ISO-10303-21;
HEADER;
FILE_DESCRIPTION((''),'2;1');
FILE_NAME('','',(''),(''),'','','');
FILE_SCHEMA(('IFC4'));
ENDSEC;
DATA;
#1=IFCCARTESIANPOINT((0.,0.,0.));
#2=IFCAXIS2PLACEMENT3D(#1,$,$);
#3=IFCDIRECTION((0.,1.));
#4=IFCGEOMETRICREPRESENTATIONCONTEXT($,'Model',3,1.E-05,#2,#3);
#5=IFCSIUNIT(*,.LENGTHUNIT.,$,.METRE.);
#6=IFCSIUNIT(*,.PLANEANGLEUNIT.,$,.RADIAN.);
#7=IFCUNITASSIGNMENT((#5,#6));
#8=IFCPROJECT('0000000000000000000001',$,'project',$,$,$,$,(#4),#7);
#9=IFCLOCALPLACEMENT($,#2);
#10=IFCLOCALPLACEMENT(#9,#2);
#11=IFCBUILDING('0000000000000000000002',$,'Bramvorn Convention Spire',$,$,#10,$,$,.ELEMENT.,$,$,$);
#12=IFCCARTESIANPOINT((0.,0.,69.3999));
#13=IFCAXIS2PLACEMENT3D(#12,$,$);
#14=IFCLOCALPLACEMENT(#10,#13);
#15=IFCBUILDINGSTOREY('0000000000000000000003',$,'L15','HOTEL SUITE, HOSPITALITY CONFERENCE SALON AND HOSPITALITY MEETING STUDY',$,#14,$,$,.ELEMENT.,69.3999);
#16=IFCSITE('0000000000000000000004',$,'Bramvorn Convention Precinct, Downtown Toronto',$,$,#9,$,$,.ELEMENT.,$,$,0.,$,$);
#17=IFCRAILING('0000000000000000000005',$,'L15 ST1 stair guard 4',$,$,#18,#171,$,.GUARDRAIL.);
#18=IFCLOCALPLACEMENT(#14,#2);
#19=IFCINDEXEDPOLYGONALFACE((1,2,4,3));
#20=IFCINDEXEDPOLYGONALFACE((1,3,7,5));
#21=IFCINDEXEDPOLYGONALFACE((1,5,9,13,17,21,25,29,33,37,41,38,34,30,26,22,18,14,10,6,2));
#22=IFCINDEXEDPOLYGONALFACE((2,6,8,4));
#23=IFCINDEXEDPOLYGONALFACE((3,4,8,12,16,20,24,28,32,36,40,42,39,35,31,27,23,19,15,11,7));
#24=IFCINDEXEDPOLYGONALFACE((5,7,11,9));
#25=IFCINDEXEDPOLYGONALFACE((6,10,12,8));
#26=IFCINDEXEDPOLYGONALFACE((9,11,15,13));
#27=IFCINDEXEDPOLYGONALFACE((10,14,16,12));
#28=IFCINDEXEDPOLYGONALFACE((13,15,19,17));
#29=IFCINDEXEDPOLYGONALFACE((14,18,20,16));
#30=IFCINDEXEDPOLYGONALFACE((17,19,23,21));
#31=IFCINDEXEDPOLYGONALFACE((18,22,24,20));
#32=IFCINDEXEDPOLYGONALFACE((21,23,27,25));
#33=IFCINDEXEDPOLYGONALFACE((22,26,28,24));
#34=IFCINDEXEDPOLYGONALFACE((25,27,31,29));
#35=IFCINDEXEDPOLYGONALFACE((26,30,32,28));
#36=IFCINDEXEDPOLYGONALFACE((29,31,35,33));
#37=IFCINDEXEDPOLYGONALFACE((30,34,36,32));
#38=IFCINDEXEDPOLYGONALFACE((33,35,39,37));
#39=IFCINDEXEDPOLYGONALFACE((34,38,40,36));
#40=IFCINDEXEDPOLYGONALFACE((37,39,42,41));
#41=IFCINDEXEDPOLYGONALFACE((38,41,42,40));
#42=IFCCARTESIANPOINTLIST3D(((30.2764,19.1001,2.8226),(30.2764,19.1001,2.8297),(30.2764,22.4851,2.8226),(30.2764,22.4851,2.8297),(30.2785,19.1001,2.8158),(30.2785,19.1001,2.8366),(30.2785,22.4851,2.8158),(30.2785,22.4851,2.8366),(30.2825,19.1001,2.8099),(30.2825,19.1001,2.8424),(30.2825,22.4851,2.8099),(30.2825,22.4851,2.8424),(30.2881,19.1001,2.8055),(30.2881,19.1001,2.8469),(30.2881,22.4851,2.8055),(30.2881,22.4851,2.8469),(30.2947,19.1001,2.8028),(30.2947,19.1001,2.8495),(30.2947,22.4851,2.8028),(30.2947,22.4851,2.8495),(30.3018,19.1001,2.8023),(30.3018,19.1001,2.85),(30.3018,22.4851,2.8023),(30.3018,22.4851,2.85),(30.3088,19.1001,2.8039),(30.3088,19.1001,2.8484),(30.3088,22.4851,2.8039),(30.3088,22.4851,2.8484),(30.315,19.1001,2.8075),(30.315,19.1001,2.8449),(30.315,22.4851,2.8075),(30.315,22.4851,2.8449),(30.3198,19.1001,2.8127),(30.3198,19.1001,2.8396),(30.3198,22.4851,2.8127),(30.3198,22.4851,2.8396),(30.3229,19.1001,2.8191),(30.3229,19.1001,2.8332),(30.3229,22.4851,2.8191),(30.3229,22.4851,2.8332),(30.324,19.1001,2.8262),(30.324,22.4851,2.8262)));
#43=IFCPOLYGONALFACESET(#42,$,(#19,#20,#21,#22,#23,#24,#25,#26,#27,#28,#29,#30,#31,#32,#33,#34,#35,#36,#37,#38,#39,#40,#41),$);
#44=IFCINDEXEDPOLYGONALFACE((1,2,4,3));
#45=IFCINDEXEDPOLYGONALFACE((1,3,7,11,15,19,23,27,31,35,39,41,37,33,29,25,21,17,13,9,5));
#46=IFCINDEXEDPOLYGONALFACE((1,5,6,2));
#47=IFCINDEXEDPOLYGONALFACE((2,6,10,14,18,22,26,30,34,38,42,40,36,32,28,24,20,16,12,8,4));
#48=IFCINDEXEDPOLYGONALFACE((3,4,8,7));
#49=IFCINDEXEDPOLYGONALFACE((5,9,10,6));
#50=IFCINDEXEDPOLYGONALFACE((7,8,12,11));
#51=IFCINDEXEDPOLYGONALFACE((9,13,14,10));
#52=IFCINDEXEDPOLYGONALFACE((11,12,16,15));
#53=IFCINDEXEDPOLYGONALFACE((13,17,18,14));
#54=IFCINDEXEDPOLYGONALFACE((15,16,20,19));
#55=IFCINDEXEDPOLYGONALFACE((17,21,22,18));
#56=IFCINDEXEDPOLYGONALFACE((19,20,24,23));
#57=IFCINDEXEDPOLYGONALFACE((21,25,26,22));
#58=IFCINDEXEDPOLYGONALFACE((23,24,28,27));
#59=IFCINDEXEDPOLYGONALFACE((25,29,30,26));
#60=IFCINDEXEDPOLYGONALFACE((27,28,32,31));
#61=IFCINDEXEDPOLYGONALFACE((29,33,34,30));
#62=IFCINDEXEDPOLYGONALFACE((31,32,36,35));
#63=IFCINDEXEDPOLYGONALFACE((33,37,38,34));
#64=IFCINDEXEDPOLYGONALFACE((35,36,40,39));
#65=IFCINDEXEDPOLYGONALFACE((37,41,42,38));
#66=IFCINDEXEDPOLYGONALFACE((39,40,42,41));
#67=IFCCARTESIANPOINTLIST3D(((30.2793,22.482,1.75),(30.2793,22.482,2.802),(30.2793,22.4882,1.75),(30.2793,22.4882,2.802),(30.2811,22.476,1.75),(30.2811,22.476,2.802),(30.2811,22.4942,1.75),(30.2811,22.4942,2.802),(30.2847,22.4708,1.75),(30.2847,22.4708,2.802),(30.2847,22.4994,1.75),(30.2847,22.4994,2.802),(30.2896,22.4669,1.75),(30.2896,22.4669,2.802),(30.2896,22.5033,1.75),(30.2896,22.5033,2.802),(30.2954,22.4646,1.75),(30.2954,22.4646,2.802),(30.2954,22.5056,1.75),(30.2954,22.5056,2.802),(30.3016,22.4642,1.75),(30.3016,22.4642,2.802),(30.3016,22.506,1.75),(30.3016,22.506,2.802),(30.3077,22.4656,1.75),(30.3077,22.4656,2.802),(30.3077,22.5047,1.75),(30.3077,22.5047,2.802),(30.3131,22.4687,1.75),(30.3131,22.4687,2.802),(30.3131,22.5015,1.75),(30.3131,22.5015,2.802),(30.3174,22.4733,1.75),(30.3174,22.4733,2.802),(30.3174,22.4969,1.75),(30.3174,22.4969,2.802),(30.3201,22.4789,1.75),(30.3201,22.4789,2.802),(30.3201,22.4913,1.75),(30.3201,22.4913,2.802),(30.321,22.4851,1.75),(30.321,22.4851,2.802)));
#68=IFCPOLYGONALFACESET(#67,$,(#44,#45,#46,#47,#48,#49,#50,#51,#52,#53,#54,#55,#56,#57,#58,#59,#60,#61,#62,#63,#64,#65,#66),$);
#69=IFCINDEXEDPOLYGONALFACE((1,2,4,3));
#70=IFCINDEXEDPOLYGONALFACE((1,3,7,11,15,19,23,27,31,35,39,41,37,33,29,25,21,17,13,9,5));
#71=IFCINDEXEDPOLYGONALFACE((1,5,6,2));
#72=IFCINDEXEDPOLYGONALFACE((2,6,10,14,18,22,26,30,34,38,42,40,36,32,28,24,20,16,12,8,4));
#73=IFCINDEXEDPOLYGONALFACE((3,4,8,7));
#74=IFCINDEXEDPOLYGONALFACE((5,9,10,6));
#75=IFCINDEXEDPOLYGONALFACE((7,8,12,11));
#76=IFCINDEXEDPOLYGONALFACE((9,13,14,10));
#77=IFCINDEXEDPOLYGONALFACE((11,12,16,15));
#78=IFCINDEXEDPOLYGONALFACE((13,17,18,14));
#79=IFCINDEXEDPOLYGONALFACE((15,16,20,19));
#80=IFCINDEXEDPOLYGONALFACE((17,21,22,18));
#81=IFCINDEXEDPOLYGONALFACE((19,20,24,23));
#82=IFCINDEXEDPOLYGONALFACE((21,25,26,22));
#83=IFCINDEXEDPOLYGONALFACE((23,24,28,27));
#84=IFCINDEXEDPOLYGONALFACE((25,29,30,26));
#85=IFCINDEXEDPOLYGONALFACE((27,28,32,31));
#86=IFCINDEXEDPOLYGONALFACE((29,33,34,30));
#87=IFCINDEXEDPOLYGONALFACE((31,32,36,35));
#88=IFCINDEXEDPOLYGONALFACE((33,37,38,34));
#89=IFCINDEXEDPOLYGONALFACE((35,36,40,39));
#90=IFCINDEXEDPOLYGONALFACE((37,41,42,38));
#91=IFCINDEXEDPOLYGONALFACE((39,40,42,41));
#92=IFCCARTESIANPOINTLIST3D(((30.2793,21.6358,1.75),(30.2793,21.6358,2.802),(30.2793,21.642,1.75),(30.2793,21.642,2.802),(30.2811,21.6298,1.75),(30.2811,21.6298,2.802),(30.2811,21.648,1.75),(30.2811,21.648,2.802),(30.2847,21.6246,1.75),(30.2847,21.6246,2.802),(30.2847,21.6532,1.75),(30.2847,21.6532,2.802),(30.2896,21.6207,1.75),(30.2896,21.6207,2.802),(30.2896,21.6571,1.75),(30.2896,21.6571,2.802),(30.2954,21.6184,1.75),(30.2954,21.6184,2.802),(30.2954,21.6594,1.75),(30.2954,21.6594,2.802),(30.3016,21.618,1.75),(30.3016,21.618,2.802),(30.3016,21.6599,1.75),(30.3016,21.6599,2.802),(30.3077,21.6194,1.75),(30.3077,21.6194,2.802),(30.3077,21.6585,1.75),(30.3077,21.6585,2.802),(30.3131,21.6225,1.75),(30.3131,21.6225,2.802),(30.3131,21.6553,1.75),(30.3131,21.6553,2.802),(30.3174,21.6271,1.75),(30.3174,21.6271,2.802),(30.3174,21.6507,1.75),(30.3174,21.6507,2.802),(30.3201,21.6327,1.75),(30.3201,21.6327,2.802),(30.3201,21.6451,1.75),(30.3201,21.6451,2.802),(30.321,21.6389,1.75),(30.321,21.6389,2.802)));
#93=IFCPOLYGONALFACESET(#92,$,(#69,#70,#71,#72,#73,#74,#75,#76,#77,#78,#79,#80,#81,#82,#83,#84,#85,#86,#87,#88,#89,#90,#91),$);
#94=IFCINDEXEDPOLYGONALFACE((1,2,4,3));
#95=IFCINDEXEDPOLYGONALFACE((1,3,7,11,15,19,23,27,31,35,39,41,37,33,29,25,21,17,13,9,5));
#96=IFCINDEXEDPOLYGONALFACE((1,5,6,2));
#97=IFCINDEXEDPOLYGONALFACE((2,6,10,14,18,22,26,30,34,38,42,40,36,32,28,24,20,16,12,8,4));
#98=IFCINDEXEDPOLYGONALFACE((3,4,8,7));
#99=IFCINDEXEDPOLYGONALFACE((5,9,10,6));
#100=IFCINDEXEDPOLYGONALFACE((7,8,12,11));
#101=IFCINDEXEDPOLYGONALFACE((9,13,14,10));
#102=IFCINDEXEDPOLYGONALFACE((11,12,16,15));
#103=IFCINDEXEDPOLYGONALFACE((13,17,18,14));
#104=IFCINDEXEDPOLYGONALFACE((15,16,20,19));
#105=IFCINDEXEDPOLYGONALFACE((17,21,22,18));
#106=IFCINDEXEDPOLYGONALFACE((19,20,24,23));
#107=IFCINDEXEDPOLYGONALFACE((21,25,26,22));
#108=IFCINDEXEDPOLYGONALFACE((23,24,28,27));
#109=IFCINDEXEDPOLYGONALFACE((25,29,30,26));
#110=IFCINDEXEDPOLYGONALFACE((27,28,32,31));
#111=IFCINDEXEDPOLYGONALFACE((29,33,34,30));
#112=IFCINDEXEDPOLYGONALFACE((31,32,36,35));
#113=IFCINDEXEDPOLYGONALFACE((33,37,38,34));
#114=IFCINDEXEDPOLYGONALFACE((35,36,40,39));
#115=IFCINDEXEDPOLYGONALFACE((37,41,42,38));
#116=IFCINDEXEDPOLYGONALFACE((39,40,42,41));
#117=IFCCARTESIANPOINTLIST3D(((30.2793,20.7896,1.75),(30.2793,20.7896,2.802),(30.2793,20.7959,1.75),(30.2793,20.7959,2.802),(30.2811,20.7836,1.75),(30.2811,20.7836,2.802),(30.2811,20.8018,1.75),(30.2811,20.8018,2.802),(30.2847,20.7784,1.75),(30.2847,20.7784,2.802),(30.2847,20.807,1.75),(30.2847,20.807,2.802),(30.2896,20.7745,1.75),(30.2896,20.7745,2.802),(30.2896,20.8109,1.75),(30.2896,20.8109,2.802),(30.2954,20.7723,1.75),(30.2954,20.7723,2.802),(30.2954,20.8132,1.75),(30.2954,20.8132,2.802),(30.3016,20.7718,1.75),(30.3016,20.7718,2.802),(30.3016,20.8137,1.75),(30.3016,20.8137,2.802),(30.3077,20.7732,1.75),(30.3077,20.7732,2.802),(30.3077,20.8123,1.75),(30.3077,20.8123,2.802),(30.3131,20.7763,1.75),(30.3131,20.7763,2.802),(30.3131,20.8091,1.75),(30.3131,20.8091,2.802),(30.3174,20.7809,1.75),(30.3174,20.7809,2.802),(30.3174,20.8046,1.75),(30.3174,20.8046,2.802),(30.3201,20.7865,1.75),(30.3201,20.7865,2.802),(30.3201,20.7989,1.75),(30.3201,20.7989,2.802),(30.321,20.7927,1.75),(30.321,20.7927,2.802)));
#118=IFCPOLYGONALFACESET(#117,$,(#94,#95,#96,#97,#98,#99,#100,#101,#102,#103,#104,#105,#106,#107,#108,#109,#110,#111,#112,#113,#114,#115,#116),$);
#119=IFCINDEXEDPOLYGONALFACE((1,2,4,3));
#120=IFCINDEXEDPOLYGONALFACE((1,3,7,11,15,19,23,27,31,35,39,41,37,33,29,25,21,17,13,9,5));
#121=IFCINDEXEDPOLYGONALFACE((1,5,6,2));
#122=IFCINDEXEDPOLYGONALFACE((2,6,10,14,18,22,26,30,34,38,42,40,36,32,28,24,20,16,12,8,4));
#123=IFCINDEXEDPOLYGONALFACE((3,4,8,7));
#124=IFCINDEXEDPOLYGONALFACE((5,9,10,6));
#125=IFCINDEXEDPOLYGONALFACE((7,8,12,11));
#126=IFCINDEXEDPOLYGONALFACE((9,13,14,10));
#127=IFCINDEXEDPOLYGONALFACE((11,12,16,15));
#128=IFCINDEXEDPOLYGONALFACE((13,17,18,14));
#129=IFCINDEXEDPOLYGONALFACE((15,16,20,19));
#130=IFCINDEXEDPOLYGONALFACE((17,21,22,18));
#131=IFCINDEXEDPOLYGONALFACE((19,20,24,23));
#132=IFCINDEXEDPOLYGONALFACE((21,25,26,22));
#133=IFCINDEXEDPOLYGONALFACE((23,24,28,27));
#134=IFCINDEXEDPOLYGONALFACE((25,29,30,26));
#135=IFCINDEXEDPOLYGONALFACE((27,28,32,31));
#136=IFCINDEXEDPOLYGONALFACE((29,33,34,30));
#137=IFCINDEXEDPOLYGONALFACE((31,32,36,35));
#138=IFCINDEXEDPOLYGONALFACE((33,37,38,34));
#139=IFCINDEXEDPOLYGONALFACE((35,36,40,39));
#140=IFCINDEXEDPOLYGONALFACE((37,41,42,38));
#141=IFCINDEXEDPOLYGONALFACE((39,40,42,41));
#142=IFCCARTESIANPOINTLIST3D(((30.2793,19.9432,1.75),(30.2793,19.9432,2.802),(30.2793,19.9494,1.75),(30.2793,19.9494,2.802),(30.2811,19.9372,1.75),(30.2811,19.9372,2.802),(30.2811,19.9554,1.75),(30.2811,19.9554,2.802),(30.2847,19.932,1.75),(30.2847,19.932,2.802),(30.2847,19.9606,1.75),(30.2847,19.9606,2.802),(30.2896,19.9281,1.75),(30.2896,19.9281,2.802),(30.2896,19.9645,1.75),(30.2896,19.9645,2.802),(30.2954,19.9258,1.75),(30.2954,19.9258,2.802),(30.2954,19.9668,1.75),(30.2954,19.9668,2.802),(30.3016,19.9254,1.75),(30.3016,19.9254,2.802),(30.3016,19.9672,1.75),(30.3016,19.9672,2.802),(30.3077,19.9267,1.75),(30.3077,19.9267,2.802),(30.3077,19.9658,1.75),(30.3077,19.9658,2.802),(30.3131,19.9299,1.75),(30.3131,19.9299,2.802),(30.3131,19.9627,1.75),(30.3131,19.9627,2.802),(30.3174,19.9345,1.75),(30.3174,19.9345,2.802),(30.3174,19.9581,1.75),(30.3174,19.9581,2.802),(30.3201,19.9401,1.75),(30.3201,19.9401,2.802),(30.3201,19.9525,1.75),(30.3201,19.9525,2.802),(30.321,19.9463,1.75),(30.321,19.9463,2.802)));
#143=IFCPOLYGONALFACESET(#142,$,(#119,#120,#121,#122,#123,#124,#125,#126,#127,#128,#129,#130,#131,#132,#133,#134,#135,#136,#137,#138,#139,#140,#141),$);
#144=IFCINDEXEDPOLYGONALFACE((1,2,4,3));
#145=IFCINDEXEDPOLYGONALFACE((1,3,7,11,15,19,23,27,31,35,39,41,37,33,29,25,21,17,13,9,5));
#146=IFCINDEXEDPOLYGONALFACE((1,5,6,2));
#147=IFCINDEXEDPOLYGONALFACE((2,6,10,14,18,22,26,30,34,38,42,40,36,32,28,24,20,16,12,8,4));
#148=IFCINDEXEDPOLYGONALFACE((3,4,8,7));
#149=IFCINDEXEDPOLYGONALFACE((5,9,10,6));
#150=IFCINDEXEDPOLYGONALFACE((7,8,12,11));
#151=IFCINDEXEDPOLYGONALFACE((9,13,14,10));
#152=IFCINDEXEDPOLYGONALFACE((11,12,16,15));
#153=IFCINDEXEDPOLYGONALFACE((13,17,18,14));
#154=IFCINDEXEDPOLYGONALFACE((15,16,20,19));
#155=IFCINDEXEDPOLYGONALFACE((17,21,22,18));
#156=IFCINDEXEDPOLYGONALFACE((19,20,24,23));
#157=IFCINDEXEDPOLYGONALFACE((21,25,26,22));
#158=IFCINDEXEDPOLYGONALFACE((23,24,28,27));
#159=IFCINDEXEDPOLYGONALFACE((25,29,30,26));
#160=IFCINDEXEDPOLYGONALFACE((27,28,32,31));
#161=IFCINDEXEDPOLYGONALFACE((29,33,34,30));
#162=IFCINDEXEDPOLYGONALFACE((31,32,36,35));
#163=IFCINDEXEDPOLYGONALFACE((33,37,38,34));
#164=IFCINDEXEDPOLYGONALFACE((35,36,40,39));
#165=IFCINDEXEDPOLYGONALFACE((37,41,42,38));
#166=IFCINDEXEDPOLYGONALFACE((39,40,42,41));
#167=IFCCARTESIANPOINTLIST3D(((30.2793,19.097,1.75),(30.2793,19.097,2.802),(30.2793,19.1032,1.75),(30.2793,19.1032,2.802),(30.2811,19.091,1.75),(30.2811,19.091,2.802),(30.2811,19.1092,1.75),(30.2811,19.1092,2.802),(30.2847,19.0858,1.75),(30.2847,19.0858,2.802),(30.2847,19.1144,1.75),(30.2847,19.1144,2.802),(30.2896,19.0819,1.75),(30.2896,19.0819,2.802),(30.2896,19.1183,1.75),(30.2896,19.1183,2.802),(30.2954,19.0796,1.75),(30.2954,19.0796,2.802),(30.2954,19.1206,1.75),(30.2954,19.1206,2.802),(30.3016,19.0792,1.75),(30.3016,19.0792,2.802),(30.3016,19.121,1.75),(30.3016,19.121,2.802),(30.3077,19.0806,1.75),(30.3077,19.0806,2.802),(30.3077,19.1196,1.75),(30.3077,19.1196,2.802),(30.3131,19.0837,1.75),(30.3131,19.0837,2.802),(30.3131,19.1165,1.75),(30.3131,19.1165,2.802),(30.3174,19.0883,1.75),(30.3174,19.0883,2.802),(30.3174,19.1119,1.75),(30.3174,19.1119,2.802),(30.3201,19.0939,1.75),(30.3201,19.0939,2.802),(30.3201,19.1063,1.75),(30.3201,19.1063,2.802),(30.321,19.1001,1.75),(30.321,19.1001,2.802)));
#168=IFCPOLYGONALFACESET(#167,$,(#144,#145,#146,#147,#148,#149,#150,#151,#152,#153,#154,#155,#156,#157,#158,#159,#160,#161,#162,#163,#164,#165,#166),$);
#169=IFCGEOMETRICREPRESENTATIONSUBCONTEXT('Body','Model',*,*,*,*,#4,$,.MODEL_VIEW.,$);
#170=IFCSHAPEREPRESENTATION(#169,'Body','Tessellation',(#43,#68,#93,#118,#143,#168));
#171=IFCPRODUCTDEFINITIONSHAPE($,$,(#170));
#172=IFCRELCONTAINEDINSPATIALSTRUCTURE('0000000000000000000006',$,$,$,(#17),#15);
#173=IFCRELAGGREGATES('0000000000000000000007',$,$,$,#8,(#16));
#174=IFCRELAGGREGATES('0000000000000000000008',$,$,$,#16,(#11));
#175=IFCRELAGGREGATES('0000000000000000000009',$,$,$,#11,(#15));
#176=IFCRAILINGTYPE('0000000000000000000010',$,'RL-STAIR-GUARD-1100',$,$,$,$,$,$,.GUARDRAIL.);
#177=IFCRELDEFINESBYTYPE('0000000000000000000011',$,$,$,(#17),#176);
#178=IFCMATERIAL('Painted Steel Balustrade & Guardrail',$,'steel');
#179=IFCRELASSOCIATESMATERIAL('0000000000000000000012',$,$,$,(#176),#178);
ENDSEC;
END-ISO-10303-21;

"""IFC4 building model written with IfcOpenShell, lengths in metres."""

from ifc_helpers import new_model, si_unit, direction, frame, origin, origin_2d, place, context, subcontext, project, spatial, circle, extrude, material, type_object, element, save


model = new_model("IFC4")

# Units and contexts
model_context = context("Model", 3, precision=1e-05, world=origin(), true_north=direction((0.0, 1.0)))
body_context = subcontext(model_context, "Body", "Model", "MODEL_VIEW")
ifc_project = project(units=[si_unit("LENGTHUNIT", "METRE"), si_unit("PLANEANGLEUNIT", "RADIAN")], contexts=[model_context])

# Site, building, storey
site_placement = place(None, origin())
site = spatial("IfcSite", under=ifc_project, at=site_placement, Name="Bramvorn Convention Precinct, Downtown Toronto", CompositionType="ELEMENT", RefElevation=0.0)
building_placement = place(site_placement, origin())
building = spatial("IfcBuilding", under=site, at=building_placement, Name="Bramvorn Convention Spire", CompositionType="ELEMENT")
storey_placement = place(building_placement, frame((0.0, 0.0, 69.3999)))
storey = spatial("IfcBuildingStorey", under=building, at=storey_placement, Name="L15", Description="HOTEL SUITE, HOSPITALITY CONFERENCE SALON AND HOSPITALITY MEETING STUDY", CompositionType="ELEMENT", Elevation=69.3999)

# Railing
ifc_material_1 = material(Name="Painted Steel Balustrade & Guardrail", Category="steel")
railing_type_1 = type_object("IfcRailingType", Name="RL-STAIR-GUARD-1100", PredefinedType="GUARDRAIL", material=ifc_material_1)
for number, where, name in (
    (1, (30.3, 22.4851, 1.75), "L15 ST1 stair guard 4"),
):
    element("IfcRailing", number, at=place(storey_placement, frame(where)), inside=storey, type_object=railing_type_1, Name=name, PredefinedType="GUARDRAIL", context=body_context, shape_type="SweptSolid", body=[
        extrude(circle(Radius=0.0239, at=origin_2d()), frame((0.0, 0.0, 1.0762), z_axis=(0.0, -1.0, 0.0), x_axis=(1.0, 0.0, 0.0)), (0.0, 0.0, 1.0), 3.385),
        extrude(circle(Radius=0.021, at=origin_2d()), origin(), (0.0, 0.0, 1.0), 1.052),
        extrude(circle(Radius=0.021, at=origin_2d()), frame((0.0, -0.8462, 0.0)), (0.0, 0.0, 1.0), 1.052),
        extrude(circle(Radius=0.021, at=origin_2d()), frame((0.0, -1.6924, 0.0)), (0.0, 0.0, 1.0), 1.052),
        extrude(circle(Radius=0.021, at=origin_2d()), frame((0.0, -2.5388, 0.0)), (0.0, 0.0, 1.0), 1.052),
        extrude(circle(Radius=0.021, at=origin_2d()), frame((0.0, -3.385, 0.0)), (0.0, 0.0, 1.0), 1.052),
    ])

save(model, "model.ifc")
